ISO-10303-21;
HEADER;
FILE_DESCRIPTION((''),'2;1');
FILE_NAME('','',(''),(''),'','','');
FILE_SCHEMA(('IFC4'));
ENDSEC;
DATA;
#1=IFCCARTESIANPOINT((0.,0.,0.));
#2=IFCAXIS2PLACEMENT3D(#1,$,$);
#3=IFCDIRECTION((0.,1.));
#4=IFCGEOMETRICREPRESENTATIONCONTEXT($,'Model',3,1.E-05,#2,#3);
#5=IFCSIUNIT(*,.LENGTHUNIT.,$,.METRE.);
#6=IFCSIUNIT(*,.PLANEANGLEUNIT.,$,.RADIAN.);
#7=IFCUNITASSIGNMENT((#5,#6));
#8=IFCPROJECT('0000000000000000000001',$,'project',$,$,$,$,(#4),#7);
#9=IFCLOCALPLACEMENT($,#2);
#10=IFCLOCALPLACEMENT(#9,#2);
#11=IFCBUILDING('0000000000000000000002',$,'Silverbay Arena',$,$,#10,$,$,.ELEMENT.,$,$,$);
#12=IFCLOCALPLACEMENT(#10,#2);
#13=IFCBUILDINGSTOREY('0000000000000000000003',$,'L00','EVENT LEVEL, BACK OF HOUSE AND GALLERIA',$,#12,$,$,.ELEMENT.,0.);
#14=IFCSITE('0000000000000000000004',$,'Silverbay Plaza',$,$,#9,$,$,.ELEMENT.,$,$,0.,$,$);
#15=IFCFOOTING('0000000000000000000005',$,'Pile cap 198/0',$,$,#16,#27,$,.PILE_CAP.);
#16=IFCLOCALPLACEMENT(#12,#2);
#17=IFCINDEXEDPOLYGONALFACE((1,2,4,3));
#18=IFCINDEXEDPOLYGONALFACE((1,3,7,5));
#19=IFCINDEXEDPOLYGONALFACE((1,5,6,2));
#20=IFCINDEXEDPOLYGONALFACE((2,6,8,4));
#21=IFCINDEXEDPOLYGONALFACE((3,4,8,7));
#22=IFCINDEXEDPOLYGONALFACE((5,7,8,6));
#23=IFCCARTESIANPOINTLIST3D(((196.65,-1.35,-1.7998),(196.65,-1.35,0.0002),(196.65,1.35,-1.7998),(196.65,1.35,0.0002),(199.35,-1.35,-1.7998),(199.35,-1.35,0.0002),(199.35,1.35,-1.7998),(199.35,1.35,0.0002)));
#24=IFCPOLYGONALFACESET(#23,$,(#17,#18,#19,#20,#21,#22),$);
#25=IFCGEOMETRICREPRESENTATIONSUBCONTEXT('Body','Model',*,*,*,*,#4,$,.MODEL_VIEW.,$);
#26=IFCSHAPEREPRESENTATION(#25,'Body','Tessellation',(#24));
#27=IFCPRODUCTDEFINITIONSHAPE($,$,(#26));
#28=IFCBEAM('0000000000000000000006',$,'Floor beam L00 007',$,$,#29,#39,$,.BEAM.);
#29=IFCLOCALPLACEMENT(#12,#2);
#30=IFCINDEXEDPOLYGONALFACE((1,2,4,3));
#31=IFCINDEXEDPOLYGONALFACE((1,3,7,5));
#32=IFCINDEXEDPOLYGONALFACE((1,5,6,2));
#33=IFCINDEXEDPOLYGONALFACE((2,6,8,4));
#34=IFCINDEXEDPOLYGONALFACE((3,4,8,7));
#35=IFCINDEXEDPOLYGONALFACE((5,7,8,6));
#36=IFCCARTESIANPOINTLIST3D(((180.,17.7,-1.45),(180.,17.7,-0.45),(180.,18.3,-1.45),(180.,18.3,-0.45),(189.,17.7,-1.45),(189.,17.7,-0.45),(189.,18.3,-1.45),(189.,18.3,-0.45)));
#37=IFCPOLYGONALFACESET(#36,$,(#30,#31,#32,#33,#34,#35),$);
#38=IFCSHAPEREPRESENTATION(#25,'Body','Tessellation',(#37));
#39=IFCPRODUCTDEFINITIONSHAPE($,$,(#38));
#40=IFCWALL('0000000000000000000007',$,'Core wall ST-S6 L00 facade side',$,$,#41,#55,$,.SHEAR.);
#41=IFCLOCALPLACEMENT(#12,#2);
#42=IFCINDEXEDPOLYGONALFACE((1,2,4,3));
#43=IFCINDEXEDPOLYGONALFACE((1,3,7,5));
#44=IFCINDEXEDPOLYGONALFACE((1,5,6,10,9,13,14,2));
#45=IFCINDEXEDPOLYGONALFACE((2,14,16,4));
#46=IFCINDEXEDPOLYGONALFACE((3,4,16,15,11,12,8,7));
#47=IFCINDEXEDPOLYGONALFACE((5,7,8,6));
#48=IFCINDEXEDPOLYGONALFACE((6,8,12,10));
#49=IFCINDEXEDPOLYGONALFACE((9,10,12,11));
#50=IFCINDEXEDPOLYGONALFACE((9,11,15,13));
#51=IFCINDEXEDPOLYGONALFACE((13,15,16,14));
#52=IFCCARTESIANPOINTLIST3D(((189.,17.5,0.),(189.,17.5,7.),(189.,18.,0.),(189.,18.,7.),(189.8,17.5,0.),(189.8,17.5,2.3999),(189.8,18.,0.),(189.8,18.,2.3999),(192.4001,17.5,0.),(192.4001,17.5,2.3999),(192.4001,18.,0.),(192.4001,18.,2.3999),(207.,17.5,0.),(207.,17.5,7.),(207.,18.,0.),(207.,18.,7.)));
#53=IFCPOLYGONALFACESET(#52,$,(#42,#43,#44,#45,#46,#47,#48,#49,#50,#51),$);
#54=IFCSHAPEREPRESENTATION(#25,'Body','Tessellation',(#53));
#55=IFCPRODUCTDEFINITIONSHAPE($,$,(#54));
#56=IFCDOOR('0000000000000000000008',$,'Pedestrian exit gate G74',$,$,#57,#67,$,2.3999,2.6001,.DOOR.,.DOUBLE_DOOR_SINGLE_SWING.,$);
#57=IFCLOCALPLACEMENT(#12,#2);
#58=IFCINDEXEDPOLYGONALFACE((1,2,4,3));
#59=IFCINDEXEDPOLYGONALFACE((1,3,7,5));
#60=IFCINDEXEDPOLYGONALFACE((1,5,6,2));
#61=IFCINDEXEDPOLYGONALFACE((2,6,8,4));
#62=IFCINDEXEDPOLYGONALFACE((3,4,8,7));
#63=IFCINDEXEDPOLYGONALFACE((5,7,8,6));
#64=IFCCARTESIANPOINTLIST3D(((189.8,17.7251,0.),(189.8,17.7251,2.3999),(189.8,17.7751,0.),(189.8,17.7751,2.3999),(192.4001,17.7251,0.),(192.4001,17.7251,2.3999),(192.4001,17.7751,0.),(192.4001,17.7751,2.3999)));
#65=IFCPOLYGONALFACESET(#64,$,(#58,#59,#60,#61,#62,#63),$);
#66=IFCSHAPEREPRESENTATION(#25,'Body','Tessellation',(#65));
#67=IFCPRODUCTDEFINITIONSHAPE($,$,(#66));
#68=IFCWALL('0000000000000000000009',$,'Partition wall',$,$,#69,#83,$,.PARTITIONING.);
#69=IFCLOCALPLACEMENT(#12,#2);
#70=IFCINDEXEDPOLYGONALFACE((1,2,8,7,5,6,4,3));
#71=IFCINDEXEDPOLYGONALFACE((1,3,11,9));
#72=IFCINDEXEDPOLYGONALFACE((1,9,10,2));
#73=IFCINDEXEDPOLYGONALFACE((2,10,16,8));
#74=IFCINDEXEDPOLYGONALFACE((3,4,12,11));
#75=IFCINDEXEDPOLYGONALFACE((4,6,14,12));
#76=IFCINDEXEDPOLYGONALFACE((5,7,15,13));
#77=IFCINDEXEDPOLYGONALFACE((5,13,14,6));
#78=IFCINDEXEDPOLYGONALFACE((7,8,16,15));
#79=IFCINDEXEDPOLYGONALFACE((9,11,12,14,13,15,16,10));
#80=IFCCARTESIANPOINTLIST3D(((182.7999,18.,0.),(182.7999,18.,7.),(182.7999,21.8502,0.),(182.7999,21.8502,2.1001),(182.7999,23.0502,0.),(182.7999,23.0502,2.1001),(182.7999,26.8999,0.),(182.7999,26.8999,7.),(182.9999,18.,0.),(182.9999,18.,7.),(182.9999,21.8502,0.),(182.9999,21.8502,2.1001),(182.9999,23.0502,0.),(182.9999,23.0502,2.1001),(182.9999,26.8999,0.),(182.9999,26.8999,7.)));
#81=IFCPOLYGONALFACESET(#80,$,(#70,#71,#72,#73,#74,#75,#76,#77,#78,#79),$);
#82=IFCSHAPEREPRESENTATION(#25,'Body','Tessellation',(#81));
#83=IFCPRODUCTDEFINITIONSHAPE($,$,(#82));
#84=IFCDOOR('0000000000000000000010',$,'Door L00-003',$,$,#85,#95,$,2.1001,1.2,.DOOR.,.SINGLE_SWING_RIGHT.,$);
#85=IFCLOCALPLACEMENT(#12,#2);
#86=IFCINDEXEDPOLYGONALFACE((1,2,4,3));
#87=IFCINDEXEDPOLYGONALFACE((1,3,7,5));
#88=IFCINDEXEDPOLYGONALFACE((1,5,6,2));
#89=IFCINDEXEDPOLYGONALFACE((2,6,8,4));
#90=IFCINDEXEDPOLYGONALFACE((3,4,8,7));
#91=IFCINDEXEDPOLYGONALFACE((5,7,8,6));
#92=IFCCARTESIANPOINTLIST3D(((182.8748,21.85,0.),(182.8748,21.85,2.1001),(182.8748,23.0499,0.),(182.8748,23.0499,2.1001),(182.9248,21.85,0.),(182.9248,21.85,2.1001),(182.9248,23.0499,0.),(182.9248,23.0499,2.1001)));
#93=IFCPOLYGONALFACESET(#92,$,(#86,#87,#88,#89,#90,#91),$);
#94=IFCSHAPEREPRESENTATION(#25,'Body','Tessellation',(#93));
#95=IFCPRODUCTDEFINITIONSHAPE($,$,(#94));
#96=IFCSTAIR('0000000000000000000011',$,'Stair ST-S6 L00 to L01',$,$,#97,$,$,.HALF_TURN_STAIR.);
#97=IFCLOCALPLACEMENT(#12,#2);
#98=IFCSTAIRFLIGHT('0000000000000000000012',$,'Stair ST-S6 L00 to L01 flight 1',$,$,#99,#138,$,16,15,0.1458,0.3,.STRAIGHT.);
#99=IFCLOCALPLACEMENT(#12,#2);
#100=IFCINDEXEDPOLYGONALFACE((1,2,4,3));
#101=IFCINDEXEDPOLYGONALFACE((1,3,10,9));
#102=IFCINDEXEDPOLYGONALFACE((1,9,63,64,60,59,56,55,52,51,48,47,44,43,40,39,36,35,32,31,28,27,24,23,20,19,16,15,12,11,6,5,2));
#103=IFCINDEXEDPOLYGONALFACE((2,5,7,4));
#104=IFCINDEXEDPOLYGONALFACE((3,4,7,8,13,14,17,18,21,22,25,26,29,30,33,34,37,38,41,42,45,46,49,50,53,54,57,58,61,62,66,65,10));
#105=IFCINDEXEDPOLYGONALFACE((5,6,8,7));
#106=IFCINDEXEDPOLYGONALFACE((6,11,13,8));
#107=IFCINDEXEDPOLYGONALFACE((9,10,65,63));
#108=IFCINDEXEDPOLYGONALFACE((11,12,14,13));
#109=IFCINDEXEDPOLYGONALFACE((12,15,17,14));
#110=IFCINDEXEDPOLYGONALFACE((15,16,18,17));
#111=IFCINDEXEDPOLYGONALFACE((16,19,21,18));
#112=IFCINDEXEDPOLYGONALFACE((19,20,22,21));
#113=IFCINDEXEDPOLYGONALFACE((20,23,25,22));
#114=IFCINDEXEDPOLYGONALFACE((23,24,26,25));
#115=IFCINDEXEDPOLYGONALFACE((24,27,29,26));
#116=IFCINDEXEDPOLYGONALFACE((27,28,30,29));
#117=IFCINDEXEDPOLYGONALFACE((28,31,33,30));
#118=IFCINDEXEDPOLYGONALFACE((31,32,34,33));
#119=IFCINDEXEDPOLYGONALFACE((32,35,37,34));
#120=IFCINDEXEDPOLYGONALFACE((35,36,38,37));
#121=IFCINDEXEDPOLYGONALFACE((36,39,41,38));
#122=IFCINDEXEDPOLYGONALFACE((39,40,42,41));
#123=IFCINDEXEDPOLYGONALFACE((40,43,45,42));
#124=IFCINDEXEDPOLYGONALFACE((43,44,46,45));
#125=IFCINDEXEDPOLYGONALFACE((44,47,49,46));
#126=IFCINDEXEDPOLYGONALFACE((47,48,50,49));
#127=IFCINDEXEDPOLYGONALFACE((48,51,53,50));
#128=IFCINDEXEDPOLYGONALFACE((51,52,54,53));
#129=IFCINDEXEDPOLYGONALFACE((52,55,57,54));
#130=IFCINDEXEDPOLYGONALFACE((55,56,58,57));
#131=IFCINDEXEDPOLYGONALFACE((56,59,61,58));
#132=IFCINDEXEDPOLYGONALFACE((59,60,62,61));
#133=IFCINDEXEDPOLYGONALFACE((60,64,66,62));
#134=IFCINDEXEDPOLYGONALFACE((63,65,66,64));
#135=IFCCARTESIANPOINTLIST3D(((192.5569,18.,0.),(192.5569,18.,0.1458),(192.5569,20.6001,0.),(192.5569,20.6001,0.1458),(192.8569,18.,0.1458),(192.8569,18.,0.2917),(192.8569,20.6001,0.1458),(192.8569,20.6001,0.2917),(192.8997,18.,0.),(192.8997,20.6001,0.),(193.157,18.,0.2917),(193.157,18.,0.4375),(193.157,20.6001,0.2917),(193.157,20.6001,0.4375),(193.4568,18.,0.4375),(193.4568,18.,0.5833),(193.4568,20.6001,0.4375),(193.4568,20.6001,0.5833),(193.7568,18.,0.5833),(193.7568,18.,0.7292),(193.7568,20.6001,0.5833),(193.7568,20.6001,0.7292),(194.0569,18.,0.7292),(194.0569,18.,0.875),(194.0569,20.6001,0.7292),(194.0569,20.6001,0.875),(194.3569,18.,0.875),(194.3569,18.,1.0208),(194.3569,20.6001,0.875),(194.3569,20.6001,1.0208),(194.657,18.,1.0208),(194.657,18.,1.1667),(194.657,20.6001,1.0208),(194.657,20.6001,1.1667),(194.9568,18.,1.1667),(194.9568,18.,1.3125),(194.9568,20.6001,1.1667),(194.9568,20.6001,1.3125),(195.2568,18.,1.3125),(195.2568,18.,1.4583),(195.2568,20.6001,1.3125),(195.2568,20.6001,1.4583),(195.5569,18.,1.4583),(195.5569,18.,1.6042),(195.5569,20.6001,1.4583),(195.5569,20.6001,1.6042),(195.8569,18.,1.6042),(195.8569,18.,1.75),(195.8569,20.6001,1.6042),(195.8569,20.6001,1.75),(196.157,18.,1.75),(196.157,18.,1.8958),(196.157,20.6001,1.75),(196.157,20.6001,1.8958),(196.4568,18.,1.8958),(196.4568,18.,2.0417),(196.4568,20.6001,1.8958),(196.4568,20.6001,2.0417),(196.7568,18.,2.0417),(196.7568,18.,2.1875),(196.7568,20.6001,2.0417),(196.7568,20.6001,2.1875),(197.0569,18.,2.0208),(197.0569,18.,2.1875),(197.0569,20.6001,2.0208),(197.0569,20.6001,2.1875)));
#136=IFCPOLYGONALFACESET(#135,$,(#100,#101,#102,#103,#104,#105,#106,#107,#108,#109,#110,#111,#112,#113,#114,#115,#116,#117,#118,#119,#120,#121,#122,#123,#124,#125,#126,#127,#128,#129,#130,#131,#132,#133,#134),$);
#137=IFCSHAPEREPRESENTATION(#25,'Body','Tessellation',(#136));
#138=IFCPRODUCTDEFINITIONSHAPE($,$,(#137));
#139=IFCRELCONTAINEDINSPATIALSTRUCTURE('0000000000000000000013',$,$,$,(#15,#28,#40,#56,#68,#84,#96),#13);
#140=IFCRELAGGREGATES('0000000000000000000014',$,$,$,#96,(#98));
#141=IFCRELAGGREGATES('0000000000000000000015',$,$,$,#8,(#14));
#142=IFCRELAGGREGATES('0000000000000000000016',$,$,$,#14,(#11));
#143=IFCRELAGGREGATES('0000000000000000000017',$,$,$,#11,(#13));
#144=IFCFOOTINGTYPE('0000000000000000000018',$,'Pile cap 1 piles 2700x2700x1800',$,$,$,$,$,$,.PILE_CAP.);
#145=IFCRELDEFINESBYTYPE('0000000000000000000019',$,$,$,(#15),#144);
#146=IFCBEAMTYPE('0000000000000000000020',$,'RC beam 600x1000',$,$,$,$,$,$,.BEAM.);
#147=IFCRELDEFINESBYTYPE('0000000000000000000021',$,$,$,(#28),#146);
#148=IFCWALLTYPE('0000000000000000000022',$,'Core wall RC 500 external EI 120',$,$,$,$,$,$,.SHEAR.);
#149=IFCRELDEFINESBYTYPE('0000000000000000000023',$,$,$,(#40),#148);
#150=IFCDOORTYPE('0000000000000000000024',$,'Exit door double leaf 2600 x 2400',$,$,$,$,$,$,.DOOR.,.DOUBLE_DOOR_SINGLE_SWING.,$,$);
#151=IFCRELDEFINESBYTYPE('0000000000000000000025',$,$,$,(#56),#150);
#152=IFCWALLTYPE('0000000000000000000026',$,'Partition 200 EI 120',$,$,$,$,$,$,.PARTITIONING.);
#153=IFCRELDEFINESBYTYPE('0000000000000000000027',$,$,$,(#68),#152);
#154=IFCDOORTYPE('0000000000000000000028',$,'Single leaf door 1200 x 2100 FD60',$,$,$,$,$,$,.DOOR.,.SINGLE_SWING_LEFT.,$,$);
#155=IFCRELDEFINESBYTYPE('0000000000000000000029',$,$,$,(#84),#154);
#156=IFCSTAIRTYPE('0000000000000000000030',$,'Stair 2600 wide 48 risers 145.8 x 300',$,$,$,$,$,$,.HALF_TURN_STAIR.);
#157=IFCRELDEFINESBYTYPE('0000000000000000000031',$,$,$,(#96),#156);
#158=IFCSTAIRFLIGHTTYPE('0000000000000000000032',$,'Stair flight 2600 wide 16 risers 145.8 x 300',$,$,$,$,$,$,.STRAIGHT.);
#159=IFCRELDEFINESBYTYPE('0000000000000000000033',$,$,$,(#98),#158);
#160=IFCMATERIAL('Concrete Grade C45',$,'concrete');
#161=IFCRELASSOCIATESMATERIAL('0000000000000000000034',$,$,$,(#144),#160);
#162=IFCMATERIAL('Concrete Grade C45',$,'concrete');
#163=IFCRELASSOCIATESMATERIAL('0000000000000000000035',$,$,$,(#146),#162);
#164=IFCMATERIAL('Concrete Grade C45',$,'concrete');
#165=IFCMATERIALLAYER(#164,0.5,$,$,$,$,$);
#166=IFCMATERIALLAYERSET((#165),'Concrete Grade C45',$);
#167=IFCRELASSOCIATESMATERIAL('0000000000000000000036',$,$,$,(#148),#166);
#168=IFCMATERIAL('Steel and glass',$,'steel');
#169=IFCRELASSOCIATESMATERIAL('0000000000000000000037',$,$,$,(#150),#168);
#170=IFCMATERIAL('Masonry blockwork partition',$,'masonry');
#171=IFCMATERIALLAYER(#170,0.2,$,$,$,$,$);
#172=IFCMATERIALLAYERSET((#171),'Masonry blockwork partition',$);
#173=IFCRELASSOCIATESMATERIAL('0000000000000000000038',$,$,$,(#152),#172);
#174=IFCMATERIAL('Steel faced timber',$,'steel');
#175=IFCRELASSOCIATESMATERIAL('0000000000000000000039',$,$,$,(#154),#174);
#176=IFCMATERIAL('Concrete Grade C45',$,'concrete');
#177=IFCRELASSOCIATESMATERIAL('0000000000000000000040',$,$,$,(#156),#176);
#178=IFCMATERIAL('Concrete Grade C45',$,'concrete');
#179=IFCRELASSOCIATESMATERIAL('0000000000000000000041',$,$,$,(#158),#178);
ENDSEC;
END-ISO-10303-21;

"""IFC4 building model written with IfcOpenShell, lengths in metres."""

from ifc_helpers import new_model, si_unit, direction, frame, frame_2d, origin, origin_2d, place, context, subcontext, project, spatial, polyline, rectangle, outline, extrude, material, layer, layer_set, material_profile, profile_set, type_object, element, fill, aggregate, save


model = new_model("IFC4")

# Units and contexts
model_context = context("Model", 3, precision=1e-05, world=origin(), true_north=direction((0.0, 1.0)))
body_context = subcontext(model_context, "Body", "Model", "MODEL_VIEW")
ifc_project = project(units=[si_unit("LENGTHUNIT", "METRE"), si_unit("PLANEANGLEUNIT", "RADIAN")], contexts=[model_context])

# Site, building, storey
site_placement = place(None, origin())
site = spatial("IfcSite", under=ifc_project, at=site_placement, Name="Silverbay Plaza", CompositionType="ELEMENT", RefElevation=0.0)
building_placement = place(site_placement, origin())
building = spatial("IfcBuilding", under=site, at=building_placement, Name="Silverbay Arena", CompositionType="ELEMENT")
storey_placement = place(building_placement, origin())
storey = spatial("IfcBuildingStorey", under=building, at=storey_placement, Name="L00", Description="EVENT LEVEL, BACK OF HOUSE AND GALLERIA", CompositionType="ELEMENT", Elevation=0.0)

# Footing
ifc_material_1 = material(Name="Concrete Grade C45", Category="concrete")
footing_type = type_object("IfcFootingType", Name="Pile cap 1 piles 2700x2700x1800", PredefinedType="PILE_CAP", material=ifc_material_1)
footing_placement = place(storey_placement, frame((198.0, 0.0, -1.7998), z_axis=(0.0, 0.0, 1.0), x_axis=(1.0, 0.0, 0.0)))
element("IfcFooting", 1, at=footing_placement, inside=storey, type_object=footing_type, Name="Pile cap 198/0", PredefinedType="PILE_CAP", context=body_context, shape_type="SweptSolid", body=[
    extrude(rectangle(XDim=2.7, YDim=2.7, at=origin_2d()), origin(), (0.0, 0.0, 1.0), 1.8),
])

# Beam
ifc_material_2 = material(Name="Concrete Grade C45", Category="concrete")
ifc_material_profile = material_profile(ifc_material_2, rectangle(XDim=0.6001, YDim=1.0, at=origin_2d()), Name="RC 600x1000")
ifc_profile_set = profile_set([ifc_material_profile], Name="Concrete Grade C45")
beam_type = type_object("IfcBeamType", Name="RC beam 600x1000", PredefinedType="BEAM", material=ifc_profile_set)
beam_placement = place(storey_placement, frame((180.0, 18.0, -0.95), z_axis=(1.0, 0.0, 0.0), x_axis=(0.0, 1.0, 0.0)))
element("IfcBeam", 2, at=beam_placement, inside=storey, type_object=beam_type, Name="Floor beam L00 007", PredefinedType="BEAM", context=body_context, shape_type="SweptSolid", body=[
    extrude(rectangle(XDim=0.6001, YDim=1.0, at=origin_2d()), origin(), (0.0, 0.0, 1.0), 9.0),
])

# Walls, openings, doors
ifc_material_3 = material(Name="Concrete Grade C45", Category="concrete")
ifc_layer_1 = layer(ifc_material_3, 0.5)
ifc_layer_set_1 = layer_set([ifc_layer_1], Name="Concrete Grade C45")
wall_type_1 = type_object("IfcWallType", Name="Core wall RC 500 external EI 120", PredefinedType="SHEAR", material=ifc_layer_set_1)
wall_1_placement = place(storey_placement, frame((189.0, 17.75, 0.0), z_axis=(0.0, 0.0, 1.0), x_axis=(1.0, 0.0, 0.0)))
wall_1 = element("IfcWall", 3, at=wall_1_placement, inside=storey, type_object=wall_type_1, Name="Core wall ST-S6 L00 facade side", PredefinedType="SHEAR", context=body_context, shape_type="SweptSolid", body=[
    extrude(rectangle(XDim=18.0, YDim=0.5, at=frame_2d((9.0, 0.0))), origin(), (0.0, 0.0, 1.0), 7.0),
])
opening_1_placement = place(wall_1_placement, frame((0.8, 0.0, 0.0)))
opening_1 = element("IfcOpeningElement", 4, at=opening_1_placement, cuts=wall_1, PredefinedType="OPENING", context=body_context, shape_type="SweptSolid", body=[
    extrude(rectangle(XDim=2.6001, YDim=2.3999, at=frame_2d((1.3, 1.2))), frame((0.0, 0.26, 0.0), z_axis=(0.0, -1.0, 0.0), x_axis=(1.0, 0.0, 0.0)), (0.0, 0.0, 1.0), 0.52),
])
ifc_material_4 = material(Name="Steel and glass", Category="steel")
door_type_1 = type_object("IfcDoorType", Name="Exit door double leaf 2600 x 2400", OperationType="DOUBLE_DOOR_SINGLE_SWING", PredefinedType="DOOR", material=ifc_material_4)
door_1_placement = place(opening_1_placement, frame((2.6001, 0.0, 0.0), z_axis=(0.0, 0.0, 1.0), x_axis=(-1.0, 0.0, 0.0)))
door_1 = element("IfcDoor", 5, at=door_1_placement, inside=storey, type_object=door_type_1, Name="Pedestrian exit gate G74", OperationType="DOUBLE_DOOR_SINGLE_SWING", OverallHeight=2.3999, OverallWidth=2.6001, PredefinedType="DOOR", context=body_context, shape_type="SweptSolid", body=[
    extrude(rectangle(XDim=2.6001, YDim=2.3999, at=frame_2d((1.3, 1.2))), frame((0.0, 0.0249, 0.0), z_axis=(0.0, -1.0, 0.0), x_axis=(1.0, 0.0, 0.0)), (0.0, 0.0, 1.0), 0.05),
])
fill(opening_1, door_1)
ifc_material_5 = material(Name="Masonry blockwork partition", Category="masonry")
ifc_layer_2 = layer(ifc_material_5, 0.2)
ifc_layer_set_2 = layer_set([ifc_layer_2], Name="Masonry blockwork partition")
wall_type_2 = type_object("IfcWallType", Name="Partition 200 EI 120", PredefinedType="PARTITIONING", material=ifc_layer_set_2)
wall_2_placement = place(storey_placement, frame((182.8999, 18.0, 0.0), z_axis=(0.0, 0.0, 1.0), x_axis=(0.0, 1.0, 0.0)))
wall_2 = element("IfcWall", 6, at=wall_2_placement, inside=storey, type_object=wall_type_2, Name="Partition wall", PredefinedType="PARTITIONING", context=body_context, shape_type="SweptSolid", body=[
    extrude(rectangle(XDim=8.8999, YDim=0.2, at=frame_2d((4.45, 0.0))), origin(), (0.0, 0.0, 1.0), 7.0),
])
opening_2_placement = place(wall_2_placement, frame((3.8501, 0.0, 0.0)))
opening_2 = element("IfcOpeningElement", 7, at=opening_2_placement, cuts=wall_2, PredefinedType="OPENING", context=body_context, shape_type="SweptSolid", body=[
    extrude(rectangle(XDim=1.2, YDim=2.1001, at=frame_2d((0.6001, 1.05))), frame((0.0, 0.1099, 0.0), z_axis=(0.0, -1.0, 0.0), x_axis=(1.0, 0.0, 0.0)), (0.0, 0.0, 1.0), 0.22),
])
ifc_material_6 = material(Name="Steel faced timber", Category="steel")
door_type_2 = type_object("IfcDoorType", Name="Single leaf door 1200 x 2100 FD60", OperationType="SINGLE_SWING_LEFT", PredefinedType="DOOR", material=ifc_material_6)
door_2_placement = place(opening_2_placement, frame((1.2, 0.0, 0.0), z_axis=(0.0, 0.0, 1.0), x_axis=(-1.0, 0.0, 0.0)))
door_2 = element("IfcDoor", 8, at=door_2_placement, inside=storey, type_object=door_type_2, Name="Door L00-003", OperationType="SINGLE_SWING_RIGHT", OverallHeight=2.1001, OverallWidth=1.2, PredefinedType="DOOR", context=body_context, shape_type="SweptSolid", body=[
    extrude(rectangle(XDim=1.2, YDim=2.1001, at=frame_2d((0.6001, 1.05))), frame((0.0, 0.0249, 0.0), z_axis=(0.0, -1.0, 0.0), x_axis=(1.0, 0.0, 0.0)), (0.0, 0.0, 1.0), 0.05),
])
fill(opening_2, door_2)

# Stair, stair flight
ifc_material_7 = material(Name="Concrete Grade C45", Category="concrete")
stair_type = type_object("IfcStairType", Name="Stair 2600 wide 48 risers 145.8 x 300", PredefinedType="HALF_TURN_STAIR", material=ifc_material_7)
stair_placement = place(storey_placement, origin())
stair = element("IfcStair", 9, at=stair_placement, inside=storey, type_object=stair_type, Name="Stair ST-S6 L00 to L01", PredefinedType="HALF_TURN_STAIR")
ifc_material_8 = material(Name="Concrete Grade C45", Category="concrete")
stair_flight_type = type_object("IfcStairFlightType", Name="Stair flight 2600 wide 16 risers 145.8 x 300", PredefinedType="STRAIGHT", material=ifc_material_8)
stair_flight_1_placement = place(storey_placement, frame((192.5569, 19.3, 0.0), z_axis=(0.0, 0.0, 1.0), x_axis=(1.0, 0.0, 0.0)))
stair_flight_1 = element("IfcStairFlight", 10, at=stair_flight_1_placement, type_object=stair_flight_type, Name="Stair ST-S6 L00 to L01 flight 1", NumberOfRisers=16, NumberOfTreads=15, PredefinedType="STRAIGHT", RiserHeight=0.1458, TreadLength=0.3, context=body_context, shape_type="SweptSolid", body=[
    extrude(outline(polyline([(0.0, 0.0), (0.0, 0.1458), (0.3, 0.1458), (0.3, 0.2917), (0.6001, 0.2917), (0.6001, 0.4375), (0.8999, 0.4375), (0.8999, 0.5833), (1.2, 0.5833), (1.2, 0.7292), (1.5, 0.7292), (1.5, 0.875), (1.8, 0.875), (1.8, 1.0208), (2.1001, 1.0208), (2.1001, 1.1667), (2.3999, 1.1667), (2.3999, 1.3125), (2.7, 1.3125), (2.7, 1.4583), (3.0, 1.4583), (3.0, 1.6042), (3.3, 1.6042), (3.3, 1.75), (3.6001, 1.75), (3.6001, 1.8958), (3.8999, 1.8958), (3.8999, 2.0417), (4.2, 2.0417), (4.2, 2.1875), (4.5, 2.1875), (4.5, 2.0208), (0.3428, 0.0), (0.0, 0.0)])), frame((0.0, 1.3, 0.0), z_axis=(0.0, -1.0, 0.0), x_axis=(1.0, 0.0, 0.0)), (0.0, 0.0, 1.0), 2.6001),
])
aggregate(stair, [stair_flight_1])

save(model, "model.ifc")
